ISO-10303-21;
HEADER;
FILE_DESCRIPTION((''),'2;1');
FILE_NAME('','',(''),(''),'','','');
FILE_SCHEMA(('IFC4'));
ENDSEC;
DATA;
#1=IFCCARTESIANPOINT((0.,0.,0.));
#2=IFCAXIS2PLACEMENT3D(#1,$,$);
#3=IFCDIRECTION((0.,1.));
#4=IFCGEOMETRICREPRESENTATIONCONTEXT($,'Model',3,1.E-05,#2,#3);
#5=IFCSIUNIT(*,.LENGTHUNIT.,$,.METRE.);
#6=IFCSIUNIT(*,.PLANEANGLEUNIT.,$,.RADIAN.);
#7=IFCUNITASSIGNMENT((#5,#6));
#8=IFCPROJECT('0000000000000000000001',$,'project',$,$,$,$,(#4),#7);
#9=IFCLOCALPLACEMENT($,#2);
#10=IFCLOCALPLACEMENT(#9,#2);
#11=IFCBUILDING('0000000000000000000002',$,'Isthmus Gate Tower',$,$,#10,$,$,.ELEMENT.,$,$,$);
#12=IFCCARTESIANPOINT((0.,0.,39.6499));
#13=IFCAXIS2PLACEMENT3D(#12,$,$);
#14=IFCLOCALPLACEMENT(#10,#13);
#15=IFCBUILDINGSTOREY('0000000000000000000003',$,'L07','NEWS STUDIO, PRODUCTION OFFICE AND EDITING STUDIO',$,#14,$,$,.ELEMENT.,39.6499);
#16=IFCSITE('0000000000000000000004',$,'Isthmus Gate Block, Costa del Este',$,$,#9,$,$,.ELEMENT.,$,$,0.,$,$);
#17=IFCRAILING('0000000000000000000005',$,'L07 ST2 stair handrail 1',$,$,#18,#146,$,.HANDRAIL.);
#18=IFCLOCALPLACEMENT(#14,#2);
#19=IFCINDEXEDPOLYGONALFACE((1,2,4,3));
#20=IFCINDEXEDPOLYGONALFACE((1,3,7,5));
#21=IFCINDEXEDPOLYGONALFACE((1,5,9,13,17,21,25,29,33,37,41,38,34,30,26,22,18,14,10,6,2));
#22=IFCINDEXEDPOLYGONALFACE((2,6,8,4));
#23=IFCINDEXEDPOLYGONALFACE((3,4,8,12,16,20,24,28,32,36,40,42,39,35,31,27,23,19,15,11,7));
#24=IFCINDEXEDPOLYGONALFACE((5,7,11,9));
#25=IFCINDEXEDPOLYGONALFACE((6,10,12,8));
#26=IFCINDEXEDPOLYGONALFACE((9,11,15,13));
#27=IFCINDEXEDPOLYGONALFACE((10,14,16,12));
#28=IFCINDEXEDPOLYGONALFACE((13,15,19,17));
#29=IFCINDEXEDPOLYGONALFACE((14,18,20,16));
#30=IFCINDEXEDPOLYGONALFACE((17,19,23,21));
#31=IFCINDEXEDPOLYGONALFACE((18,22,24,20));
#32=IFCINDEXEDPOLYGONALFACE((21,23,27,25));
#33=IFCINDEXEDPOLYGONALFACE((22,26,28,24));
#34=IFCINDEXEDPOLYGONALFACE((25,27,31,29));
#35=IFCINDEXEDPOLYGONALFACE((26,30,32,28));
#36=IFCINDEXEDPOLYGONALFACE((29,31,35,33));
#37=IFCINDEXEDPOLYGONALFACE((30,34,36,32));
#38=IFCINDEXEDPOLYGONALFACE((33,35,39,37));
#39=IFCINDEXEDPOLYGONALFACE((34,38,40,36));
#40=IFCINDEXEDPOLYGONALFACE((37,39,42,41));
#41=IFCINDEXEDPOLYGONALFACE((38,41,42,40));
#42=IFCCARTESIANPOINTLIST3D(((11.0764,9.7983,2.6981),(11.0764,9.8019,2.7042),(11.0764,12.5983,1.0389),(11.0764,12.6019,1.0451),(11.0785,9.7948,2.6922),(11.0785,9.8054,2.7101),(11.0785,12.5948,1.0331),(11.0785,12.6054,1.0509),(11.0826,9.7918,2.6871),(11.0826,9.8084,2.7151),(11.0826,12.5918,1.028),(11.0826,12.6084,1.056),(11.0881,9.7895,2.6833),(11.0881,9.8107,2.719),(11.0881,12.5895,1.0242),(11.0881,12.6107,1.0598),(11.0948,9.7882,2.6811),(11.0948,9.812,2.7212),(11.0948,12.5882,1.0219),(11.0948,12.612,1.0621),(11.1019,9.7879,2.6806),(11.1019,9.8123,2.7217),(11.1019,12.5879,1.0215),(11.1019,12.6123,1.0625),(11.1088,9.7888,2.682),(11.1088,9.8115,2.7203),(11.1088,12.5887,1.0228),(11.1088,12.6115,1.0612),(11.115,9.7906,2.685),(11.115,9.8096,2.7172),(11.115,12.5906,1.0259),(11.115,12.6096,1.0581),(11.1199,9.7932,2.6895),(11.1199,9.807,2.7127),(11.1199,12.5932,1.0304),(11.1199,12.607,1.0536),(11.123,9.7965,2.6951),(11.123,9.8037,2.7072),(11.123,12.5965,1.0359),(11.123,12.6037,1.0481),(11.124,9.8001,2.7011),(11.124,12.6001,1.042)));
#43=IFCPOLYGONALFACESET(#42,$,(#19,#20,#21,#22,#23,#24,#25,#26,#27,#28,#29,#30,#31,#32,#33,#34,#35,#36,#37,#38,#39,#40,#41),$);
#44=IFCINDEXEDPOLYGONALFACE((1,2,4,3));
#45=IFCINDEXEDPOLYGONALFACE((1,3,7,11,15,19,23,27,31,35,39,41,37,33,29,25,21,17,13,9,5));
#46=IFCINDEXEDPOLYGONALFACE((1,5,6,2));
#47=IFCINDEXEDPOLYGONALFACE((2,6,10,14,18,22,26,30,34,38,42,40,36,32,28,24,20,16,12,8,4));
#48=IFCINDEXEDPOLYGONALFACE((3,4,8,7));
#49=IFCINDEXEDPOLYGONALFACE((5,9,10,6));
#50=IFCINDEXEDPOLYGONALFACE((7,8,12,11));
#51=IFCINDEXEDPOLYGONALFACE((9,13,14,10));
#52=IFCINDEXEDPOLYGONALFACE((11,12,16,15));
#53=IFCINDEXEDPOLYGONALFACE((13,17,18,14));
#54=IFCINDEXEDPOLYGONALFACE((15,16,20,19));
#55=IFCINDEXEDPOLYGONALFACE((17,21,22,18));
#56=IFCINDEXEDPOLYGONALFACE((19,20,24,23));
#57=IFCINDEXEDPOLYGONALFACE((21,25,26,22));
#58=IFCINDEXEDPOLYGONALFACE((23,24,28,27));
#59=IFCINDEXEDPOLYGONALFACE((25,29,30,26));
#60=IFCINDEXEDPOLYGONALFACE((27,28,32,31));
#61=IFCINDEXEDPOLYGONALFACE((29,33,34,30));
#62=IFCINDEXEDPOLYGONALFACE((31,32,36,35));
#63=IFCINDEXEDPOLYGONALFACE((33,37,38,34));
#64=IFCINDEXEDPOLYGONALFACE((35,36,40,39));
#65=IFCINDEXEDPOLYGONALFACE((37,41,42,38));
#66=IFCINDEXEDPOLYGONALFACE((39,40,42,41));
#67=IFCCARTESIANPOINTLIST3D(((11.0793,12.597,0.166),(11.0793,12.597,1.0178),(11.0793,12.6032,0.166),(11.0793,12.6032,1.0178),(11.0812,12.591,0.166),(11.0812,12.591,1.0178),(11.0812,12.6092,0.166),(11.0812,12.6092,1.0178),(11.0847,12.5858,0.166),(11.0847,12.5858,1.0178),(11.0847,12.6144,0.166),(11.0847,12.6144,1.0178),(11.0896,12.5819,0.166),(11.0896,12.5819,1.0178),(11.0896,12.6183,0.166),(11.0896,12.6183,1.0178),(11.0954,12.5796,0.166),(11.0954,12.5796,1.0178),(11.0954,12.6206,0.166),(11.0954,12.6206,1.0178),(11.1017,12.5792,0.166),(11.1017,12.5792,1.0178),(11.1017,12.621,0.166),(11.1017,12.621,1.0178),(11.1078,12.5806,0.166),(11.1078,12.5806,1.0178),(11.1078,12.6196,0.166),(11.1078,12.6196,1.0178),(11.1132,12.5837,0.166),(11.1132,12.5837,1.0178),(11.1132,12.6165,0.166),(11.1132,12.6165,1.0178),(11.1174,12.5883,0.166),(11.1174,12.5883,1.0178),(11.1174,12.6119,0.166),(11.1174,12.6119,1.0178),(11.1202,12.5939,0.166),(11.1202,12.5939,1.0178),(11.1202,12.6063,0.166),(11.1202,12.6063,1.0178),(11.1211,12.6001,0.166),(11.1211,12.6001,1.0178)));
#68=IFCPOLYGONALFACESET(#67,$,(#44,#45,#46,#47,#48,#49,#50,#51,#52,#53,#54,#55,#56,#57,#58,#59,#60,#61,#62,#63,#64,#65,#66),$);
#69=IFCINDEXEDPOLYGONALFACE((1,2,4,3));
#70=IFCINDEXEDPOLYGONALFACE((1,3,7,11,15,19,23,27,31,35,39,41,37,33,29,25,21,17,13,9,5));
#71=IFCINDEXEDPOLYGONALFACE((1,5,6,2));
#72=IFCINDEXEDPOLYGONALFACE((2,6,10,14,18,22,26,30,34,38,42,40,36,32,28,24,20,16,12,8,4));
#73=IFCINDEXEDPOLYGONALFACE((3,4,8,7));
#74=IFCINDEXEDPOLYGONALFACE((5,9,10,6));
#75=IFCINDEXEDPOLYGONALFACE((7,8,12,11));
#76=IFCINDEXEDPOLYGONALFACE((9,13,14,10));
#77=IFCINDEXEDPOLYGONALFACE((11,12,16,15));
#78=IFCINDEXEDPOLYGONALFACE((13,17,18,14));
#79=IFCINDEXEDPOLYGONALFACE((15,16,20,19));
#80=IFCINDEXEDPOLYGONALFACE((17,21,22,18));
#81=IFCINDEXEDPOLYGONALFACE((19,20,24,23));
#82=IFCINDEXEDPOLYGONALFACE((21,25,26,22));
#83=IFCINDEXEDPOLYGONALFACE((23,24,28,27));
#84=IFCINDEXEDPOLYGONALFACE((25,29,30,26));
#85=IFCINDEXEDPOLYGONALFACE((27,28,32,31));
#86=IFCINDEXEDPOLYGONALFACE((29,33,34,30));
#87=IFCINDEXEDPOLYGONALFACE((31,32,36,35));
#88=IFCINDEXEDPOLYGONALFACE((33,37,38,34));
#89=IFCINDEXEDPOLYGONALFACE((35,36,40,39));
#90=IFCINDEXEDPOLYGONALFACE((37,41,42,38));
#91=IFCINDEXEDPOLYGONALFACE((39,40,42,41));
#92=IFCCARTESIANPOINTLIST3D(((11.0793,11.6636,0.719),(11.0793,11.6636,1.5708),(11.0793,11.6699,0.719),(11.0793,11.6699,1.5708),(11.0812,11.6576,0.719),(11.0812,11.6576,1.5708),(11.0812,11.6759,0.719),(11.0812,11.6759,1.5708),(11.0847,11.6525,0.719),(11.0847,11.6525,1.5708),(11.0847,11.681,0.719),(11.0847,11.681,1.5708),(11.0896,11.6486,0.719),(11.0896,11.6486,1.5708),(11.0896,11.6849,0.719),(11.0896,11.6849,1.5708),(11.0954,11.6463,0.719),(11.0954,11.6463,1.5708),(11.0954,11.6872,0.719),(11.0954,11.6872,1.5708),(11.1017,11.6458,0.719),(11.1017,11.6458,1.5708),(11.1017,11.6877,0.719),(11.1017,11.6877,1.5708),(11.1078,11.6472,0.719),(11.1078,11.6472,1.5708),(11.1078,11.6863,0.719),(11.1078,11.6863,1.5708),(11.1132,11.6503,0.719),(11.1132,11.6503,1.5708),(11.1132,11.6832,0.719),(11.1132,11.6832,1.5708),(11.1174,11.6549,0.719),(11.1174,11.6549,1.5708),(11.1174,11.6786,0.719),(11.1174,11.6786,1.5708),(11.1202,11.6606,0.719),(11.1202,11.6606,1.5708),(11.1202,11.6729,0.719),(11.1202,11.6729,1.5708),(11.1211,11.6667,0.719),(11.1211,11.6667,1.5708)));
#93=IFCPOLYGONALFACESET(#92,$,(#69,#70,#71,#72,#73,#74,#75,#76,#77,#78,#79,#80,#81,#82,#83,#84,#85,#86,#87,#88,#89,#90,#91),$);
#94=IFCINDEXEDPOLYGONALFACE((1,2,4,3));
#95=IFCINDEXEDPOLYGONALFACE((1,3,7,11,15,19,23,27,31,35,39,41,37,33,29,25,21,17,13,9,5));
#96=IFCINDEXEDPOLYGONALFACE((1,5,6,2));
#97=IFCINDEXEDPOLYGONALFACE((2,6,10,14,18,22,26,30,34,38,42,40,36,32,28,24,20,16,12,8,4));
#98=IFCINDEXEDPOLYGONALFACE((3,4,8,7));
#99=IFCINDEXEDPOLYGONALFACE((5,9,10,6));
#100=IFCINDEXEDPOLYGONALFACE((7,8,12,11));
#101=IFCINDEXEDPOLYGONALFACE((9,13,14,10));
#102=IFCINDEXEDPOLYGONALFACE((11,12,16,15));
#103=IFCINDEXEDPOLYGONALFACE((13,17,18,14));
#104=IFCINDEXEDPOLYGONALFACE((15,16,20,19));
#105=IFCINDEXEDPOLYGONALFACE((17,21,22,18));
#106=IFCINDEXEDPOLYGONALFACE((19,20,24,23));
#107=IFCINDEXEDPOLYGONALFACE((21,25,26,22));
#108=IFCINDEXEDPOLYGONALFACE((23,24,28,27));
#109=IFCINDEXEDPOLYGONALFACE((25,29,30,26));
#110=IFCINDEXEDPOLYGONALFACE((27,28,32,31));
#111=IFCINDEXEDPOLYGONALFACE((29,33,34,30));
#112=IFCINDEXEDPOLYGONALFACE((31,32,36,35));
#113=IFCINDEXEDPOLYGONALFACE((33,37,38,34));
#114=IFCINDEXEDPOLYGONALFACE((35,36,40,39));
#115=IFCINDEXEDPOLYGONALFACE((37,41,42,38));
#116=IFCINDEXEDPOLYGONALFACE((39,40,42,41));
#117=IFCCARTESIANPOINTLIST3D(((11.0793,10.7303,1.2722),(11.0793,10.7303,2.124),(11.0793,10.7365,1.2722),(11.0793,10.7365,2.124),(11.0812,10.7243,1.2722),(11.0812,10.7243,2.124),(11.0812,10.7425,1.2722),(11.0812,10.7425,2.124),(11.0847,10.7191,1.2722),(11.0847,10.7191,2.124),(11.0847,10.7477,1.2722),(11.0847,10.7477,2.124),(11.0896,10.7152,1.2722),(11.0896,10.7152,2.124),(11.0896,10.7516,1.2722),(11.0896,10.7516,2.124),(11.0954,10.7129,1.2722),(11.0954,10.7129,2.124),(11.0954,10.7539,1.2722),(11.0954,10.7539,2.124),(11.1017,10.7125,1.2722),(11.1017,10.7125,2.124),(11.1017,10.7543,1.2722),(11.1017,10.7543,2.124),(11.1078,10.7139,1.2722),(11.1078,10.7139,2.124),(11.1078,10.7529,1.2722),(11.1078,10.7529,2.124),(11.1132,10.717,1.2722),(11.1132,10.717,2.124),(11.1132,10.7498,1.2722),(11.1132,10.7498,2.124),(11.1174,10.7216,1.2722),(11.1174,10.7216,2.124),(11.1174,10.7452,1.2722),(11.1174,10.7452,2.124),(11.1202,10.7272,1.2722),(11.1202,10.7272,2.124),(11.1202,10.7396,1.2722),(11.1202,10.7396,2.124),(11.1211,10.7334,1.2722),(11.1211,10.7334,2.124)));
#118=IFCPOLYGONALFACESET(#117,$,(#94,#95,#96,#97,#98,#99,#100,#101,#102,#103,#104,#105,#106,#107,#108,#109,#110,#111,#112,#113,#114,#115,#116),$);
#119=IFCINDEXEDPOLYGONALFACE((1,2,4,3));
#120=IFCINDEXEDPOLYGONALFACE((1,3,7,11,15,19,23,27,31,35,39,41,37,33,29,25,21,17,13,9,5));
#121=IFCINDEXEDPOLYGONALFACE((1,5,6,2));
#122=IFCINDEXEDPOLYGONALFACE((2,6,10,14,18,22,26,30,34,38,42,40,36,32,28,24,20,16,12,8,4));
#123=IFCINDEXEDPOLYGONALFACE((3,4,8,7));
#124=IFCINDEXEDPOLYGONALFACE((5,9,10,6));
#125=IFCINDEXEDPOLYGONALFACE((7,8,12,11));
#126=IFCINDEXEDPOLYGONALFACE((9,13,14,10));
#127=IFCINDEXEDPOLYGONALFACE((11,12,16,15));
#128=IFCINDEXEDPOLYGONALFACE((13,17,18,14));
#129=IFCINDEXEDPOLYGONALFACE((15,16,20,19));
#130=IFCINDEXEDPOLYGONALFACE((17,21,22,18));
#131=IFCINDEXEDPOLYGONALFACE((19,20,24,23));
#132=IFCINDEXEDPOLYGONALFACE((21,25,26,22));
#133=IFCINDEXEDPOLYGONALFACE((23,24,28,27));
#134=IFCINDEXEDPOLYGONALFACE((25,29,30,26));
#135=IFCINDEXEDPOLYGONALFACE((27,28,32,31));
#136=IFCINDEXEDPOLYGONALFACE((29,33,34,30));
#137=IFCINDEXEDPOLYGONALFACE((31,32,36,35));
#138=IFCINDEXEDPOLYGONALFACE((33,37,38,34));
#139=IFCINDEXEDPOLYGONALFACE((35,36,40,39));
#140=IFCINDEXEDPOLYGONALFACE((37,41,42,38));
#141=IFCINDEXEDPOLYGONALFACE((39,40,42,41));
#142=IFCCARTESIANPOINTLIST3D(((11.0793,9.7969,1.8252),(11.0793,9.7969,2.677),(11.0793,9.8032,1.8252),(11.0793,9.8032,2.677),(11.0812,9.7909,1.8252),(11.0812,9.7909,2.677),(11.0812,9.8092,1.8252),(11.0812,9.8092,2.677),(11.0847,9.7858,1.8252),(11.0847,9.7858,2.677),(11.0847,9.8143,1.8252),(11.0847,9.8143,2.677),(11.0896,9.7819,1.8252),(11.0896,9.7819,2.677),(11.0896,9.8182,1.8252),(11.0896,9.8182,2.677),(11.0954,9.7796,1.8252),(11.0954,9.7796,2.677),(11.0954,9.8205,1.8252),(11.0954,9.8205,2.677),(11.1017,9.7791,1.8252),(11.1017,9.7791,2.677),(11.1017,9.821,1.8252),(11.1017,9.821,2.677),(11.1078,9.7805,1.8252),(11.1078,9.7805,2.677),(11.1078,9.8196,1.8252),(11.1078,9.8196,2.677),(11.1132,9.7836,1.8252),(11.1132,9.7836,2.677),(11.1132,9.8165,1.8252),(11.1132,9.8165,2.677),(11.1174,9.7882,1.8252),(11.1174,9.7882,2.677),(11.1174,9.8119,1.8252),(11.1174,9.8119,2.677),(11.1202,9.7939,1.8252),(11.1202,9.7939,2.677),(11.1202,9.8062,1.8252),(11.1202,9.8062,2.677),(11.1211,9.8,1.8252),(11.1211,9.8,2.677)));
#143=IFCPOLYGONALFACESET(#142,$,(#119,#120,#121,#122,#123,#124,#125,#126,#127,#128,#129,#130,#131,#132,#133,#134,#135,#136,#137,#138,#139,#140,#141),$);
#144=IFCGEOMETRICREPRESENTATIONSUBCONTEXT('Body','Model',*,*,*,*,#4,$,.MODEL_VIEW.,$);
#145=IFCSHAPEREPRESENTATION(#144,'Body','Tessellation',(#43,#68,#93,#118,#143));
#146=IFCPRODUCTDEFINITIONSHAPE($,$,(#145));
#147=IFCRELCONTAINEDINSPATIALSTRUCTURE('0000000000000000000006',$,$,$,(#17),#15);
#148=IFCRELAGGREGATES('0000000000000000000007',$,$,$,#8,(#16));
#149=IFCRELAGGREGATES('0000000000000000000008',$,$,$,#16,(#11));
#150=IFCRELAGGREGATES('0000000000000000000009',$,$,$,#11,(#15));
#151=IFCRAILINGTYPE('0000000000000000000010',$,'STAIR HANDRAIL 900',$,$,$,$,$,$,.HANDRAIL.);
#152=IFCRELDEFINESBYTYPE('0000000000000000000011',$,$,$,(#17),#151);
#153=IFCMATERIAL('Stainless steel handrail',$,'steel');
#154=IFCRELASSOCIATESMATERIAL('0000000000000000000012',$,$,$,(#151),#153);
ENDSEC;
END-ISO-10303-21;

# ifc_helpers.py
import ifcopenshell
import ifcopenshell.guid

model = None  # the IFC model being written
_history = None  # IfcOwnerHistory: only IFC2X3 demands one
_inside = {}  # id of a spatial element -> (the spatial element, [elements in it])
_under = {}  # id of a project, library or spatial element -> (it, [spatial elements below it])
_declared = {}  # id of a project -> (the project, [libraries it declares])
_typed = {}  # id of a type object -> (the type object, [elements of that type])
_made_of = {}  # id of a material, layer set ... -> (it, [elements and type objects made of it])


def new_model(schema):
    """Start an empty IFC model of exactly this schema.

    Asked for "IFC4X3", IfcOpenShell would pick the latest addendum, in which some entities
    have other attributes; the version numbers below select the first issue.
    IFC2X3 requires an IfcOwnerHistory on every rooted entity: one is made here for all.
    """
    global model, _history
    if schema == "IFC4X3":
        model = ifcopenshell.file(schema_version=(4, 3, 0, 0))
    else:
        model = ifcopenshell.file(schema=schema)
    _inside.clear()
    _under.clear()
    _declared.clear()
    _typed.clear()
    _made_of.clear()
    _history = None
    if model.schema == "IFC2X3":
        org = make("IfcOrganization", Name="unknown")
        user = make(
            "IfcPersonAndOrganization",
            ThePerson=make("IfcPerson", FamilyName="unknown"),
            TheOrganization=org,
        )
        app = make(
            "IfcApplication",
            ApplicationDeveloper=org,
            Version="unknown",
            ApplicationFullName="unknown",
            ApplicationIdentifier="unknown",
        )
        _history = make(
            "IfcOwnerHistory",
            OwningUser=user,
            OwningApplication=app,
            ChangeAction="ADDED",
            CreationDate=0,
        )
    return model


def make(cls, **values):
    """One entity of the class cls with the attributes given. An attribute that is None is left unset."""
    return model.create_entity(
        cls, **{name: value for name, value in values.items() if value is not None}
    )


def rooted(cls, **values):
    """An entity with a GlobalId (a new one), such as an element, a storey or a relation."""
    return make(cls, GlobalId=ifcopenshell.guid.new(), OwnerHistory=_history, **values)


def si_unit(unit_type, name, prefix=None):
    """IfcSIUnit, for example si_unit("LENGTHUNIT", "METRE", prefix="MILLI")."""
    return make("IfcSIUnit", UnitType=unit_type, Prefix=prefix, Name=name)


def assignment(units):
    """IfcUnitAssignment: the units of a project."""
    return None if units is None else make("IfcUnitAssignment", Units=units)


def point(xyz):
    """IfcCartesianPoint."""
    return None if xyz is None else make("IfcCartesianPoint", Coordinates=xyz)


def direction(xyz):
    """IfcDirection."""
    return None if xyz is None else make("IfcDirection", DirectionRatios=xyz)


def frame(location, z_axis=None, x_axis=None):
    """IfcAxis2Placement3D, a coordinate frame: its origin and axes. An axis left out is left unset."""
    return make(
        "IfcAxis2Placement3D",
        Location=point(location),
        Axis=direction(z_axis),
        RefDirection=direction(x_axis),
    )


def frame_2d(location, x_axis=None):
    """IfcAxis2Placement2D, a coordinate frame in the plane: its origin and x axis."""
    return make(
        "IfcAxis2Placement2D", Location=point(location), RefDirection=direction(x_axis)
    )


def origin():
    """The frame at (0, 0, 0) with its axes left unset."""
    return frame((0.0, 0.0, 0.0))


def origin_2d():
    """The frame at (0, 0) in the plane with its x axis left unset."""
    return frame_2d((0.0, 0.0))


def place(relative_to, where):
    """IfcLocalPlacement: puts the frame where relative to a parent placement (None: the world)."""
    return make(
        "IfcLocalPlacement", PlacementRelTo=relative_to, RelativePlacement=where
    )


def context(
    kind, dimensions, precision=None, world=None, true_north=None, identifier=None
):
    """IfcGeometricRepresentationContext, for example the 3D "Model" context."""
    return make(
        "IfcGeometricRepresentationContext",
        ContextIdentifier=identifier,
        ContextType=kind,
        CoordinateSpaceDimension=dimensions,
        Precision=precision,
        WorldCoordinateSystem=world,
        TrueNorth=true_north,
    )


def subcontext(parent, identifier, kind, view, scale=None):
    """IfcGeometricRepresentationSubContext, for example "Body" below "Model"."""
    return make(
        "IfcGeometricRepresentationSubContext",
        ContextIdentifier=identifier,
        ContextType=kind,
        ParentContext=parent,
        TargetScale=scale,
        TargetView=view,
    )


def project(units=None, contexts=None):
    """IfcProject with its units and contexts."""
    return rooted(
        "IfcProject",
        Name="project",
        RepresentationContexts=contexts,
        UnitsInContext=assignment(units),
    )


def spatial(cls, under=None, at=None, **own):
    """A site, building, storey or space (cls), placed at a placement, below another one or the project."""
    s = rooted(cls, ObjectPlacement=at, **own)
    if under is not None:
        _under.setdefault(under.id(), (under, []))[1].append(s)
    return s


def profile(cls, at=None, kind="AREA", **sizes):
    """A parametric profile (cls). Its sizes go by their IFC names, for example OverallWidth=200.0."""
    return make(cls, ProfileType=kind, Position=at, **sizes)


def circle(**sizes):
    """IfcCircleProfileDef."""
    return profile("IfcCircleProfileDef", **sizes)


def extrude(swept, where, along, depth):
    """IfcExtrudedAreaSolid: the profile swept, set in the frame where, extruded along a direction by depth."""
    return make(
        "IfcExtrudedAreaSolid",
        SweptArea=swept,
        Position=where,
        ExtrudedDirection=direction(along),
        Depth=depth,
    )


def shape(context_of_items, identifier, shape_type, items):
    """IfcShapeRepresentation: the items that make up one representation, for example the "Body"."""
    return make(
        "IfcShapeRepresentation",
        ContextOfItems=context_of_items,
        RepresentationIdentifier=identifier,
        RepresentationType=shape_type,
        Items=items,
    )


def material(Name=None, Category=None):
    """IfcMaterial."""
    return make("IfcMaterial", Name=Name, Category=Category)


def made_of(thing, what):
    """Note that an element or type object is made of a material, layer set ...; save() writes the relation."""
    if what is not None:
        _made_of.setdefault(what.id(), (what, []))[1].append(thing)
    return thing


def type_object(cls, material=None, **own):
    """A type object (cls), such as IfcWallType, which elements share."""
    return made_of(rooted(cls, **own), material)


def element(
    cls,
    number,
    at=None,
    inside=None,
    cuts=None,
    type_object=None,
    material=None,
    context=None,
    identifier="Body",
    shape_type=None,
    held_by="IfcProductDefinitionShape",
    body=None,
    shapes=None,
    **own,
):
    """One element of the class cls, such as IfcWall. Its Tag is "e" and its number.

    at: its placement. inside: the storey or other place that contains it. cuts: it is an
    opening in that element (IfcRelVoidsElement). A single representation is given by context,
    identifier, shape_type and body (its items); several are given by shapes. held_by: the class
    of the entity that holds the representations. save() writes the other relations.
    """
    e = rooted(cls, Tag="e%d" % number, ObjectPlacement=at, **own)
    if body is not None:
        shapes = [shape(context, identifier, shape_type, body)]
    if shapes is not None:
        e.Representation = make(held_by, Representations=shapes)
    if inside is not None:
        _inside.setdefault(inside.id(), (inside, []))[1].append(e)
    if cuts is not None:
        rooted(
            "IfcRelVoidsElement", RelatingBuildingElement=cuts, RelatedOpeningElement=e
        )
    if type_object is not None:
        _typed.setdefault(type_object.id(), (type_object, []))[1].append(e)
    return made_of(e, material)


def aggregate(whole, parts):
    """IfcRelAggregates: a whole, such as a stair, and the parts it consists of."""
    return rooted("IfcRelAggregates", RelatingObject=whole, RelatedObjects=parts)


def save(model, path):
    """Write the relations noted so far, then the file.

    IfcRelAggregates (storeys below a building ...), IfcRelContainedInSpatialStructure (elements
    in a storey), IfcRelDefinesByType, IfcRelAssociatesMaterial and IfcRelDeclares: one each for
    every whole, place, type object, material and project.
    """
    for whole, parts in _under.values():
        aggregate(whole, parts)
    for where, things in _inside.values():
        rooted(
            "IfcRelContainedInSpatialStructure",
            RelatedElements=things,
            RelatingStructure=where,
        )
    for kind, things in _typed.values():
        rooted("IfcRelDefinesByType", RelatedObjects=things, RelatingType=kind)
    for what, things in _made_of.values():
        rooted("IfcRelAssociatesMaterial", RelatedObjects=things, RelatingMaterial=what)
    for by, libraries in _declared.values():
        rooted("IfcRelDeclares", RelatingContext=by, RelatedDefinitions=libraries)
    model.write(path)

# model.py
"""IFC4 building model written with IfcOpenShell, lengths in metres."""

from ifc_helpers import new_model, si_unit, direction, frame, origin, origin_2d, place, context, subcontext, project, spatial, circle, extrude, material, type_object, element, save


model = new_model("IFC4")

# Units and contexts
model_context = context("Model", 3, precision=1e-05, world=origin(), true_north=direction((0.0, 1.0)))
body_context = subcontext(model_context, "Body", "Model", "MODEL_VIEW")
ifc_project = project(units=[si_unit("LENGTHUNIT", "METRE"), si_unit("PLANEANGLEUNIT", "RADIAN")], contexts=[model_context])

# Site, building, storey
site_placement = place(None, origin())
site = spatial("IfcSite", under=ifc_project, at=site_placement, Name="Isthmus Gate Block, Costa del Este", CompositionType="ELEMENT", RefElevation=0.0)
building_placement = place(site_placement, origin())
building = spatial("IfcBuilding", under=site, at=building_placement, Name="Isthmus Gate Tower", CompositionType="ELEMENT")
storey_placement = place(building_placement, frame((0.0, 0.0, 39.6499)))
storey = spatial("IfcBuildingStorey", under=building, at=storey_placement, Name="L07", Description="NEWS STUDIO, PRODUCTION OFFICE AND EDITING STUDIO", CompositionType="ELEMENT", Elevation=39.6499)

# Railing
ifc_material_1 = material(Name="Stainless steel handrail", Category="steel")
railing_type_1 = type_object("IfcRailingType", Name="STAIR HANDRAIL 900", PredefinedType="HANDRAIL", material=ifc_material_1)
railing_1_placement = place(storey_placement, frame((11.1001, 12.6001, 0.166)))
element("IfcRailing", 1, at=railing_1_placement, inside=storey, type_object=railing_type_1, Name="L07 ST2 stair handrail 1", PredefinedType="HANDRAIL", context=body_context, shape_type="SweptSolid", body=[
    extrude(circle(Radius=0.0239, at=origin_2d()), frame((0.0, 0.0, 0.876), z_axis=(0.0, -0.860306, 0.509778), x_axis=(1.0, 0.0, 0.0)), (0.0, 0.0, 1.0), 3.2546),
    extrude(circle(Radius=0.021, at=origin_2d()), origin(), (0.0, 0.0, 1.0), 0.8518),
    extrude(circle(Radius=0.021, at=origin_2d()), frame((0.0, -0.9333, 0.553)), (0.0, 0.0, 1.0), 0.8518),
    extrude(circle(Radius=0.021, at=origin_2d()), frame((0.0, -1.8667, 1.1062)), (0.0, 0.0, 1.0), 0.8518),
    extrude(circle(Radius=0.021, at=origin_2d()), frame((0.0, -2.8, 1.6592)), (0.0, 0.0, 1.0), 0.8518),
])

save(model, "model.ifc")
